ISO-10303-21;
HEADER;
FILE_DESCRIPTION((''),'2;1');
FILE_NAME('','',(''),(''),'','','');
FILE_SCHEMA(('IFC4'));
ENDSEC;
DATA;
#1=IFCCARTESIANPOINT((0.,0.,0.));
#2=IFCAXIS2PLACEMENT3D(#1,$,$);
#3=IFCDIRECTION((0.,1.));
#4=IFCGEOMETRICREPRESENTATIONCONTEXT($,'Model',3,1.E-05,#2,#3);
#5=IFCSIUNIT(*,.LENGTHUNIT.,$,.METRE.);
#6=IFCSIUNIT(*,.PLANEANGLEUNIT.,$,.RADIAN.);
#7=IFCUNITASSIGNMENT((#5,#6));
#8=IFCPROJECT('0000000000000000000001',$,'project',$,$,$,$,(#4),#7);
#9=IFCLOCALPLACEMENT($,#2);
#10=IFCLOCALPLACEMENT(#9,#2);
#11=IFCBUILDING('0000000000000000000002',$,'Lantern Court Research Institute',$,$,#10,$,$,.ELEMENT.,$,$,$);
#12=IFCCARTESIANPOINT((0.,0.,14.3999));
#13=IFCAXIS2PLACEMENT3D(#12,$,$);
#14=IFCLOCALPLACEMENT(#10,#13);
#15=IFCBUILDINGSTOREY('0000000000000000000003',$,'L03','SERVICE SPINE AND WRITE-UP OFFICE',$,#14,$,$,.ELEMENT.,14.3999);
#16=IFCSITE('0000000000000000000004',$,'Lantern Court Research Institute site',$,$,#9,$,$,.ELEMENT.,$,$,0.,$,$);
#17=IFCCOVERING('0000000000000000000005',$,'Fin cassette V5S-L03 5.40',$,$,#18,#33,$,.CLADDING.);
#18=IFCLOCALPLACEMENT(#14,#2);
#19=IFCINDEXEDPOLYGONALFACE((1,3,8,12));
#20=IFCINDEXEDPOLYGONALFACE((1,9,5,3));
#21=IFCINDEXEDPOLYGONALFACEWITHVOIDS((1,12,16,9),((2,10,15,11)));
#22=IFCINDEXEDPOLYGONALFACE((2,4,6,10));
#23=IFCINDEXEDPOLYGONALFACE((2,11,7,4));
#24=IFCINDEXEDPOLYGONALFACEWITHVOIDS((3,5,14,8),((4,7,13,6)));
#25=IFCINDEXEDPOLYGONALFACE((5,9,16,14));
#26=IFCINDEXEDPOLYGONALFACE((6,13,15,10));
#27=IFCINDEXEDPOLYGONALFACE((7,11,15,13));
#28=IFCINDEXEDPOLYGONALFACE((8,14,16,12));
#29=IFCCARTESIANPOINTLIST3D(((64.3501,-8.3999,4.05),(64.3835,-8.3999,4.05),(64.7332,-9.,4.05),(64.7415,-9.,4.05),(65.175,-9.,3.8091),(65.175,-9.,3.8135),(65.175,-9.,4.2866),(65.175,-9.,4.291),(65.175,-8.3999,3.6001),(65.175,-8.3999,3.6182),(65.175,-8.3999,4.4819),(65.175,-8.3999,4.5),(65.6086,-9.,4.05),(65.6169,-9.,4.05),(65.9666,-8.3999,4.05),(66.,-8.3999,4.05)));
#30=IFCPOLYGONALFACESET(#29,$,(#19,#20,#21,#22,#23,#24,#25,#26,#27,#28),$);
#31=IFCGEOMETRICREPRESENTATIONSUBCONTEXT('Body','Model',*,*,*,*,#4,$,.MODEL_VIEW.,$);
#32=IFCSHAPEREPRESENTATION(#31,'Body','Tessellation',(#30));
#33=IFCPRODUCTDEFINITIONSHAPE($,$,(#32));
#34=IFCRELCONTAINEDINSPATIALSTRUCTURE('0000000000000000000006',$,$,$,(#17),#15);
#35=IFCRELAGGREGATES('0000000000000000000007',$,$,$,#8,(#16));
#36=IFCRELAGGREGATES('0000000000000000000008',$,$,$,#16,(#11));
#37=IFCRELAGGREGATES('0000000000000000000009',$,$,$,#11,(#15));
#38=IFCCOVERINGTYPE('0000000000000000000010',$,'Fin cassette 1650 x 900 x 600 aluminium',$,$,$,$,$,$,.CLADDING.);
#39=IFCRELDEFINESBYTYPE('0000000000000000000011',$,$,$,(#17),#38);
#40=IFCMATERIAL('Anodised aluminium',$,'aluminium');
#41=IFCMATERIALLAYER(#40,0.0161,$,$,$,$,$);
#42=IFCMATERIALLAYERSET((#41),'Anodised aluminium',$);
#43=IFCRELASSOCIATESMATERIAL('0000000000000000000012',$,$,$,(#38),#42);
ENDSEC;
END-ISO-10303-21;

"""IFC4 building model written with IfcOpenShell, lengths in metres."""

from ifc_helpers import new_model, entity, si_unit, direction, frame, origin, place, context, subcontext, project, spatial, material, layer, layer_set, type_object, element, save


model = new_model("IFC4")

# Units and contexts
model_context = context("Model", 3, precision=1e-05, world=origin(), true_north=direction((0.0, 1.0)))
body_context = subcontext(model_context, "Body", "Model", "MODEL_VIEW")
ifc_project = project(units=[si_unit("LENGTHUNIT", "METRE"), si_unit("PLANEANGLEUNIT", "RADIAN")], contexts=[model_context])

# Site, building, storey
site_placement = place(None, origin())
site = spatial("IfcSite", under=ifc_project, at=site_placement, Name="Lantern Court Research Institute site", CompositionType="ELEMENT", RefElevation=0.0)
building_placement = place(site_placement, origin())
building = spatial("IfcBuilding", under=site, at=building_placement, Name="Lantern Court Research Institute", CompositionType="ELEMENT")
storey_placement = place(building_placement, frame((0.0, 0.0, 14.3999)))
storey = spatial("IfcBuildingStorey", under=building, at=storey_placement, Name="L03", Description="SERVICE SPINE AND WRITE-UP OFFICE", CompositionType="ELEMENT", Elevation=14.3999)

# Covering
ifc_material_1 = material(Name="Anodised aluminium", Category="aluminium")
ifc_layer_1 = layer(ifc_material_1, 0.0161)
ifc_layer_set_1 = layer_set([ifc_layer_1], Name="Anodised aluminium")
covering_type = type_object("IfcCoveringType", Name="Fin cassette 1650 x 900 x 600 aluminium", PredefinedType="CLADDING", material=ifc_layer_set_1)
covering_1_placement = place(storey_placement, frame((65.175, -8.3999, 4.05), z_axis=(0.0, -1.0, 0.0), x_axis=(1.0, 0.0, 0.0)))
cartesian_point_1 = entity("IfcCartesianPoint", [0.825, 0.0])
cartesian_point_2 = entity("IfcCartesianPoint", [0.7915, 0.0])
cartesian_point_3 = entity("IfcCartesianPoint", [0.4419, 0.0])
cartesian_point_4 = entity("IfcCartesianPoint", [0.4336, 0.0])
element("IfcCovering", 1, at=covering_1_placement, inside=storey, type_object=covering_type, Name="Fin cassette V5S-L03 5.40", PredefinedType="CLADDING", context=body_context, shape_type="SweptSolid", body=[
    entity("IfcExtrudedAreaSolidTapered", entity("IfcArbitraryProfileDefWithVoids", "AREA", None, entity("IfcPolyline", [cartesian_point_1, entity("IfcCartesianPoint", [0.0, 0.45]), entity("IfcCartesianPoint", [-0.825, 0.0]), entity("IfcCartesianPoint", [0.0, -0.45]), cartesian_point_1]), [entity("IfcPolyline", [cartesian_point_2, entity("IfcCartesianPoint", [0.0, 0.4319]), entity("IfcCartesianPoint", [-0.7915, 0.0]), entity("IfcCartesianPoint", [0.0, -0.4319]), cartesian_point_2])]), entity("IfcAxis2Placement3D", entity("IfcCartesianPoint", [0.0, 0.0, 0.0])), entity("IfcDirection", [0.0, 0.0, 1.0]), 0.6001, entity("IfcArbitraryProfileDefWithVoids", "AREA", None, entity("IfcPolyline", [cartesian_point_3, entity("IfcCartesianPoint", [0.0, 0.241]), entity("IfcCartesianPoint", [-0.4419, 0.0]), entity("IfcCartesianPoint", [0.0, -0.241]), cartesian_point_3]), [entity("IfcPolyline", [cartesian_point_4, entity("IfcCartesianPoint", [0.0, 0.2366]), entity("IfcCartesianPoint", [-0.4336, 0.0]), entity("IfcCartesianPoint", [0.0, -0.2366]), cartesian_point_4])])),
])

save(model, "model.ifc")
